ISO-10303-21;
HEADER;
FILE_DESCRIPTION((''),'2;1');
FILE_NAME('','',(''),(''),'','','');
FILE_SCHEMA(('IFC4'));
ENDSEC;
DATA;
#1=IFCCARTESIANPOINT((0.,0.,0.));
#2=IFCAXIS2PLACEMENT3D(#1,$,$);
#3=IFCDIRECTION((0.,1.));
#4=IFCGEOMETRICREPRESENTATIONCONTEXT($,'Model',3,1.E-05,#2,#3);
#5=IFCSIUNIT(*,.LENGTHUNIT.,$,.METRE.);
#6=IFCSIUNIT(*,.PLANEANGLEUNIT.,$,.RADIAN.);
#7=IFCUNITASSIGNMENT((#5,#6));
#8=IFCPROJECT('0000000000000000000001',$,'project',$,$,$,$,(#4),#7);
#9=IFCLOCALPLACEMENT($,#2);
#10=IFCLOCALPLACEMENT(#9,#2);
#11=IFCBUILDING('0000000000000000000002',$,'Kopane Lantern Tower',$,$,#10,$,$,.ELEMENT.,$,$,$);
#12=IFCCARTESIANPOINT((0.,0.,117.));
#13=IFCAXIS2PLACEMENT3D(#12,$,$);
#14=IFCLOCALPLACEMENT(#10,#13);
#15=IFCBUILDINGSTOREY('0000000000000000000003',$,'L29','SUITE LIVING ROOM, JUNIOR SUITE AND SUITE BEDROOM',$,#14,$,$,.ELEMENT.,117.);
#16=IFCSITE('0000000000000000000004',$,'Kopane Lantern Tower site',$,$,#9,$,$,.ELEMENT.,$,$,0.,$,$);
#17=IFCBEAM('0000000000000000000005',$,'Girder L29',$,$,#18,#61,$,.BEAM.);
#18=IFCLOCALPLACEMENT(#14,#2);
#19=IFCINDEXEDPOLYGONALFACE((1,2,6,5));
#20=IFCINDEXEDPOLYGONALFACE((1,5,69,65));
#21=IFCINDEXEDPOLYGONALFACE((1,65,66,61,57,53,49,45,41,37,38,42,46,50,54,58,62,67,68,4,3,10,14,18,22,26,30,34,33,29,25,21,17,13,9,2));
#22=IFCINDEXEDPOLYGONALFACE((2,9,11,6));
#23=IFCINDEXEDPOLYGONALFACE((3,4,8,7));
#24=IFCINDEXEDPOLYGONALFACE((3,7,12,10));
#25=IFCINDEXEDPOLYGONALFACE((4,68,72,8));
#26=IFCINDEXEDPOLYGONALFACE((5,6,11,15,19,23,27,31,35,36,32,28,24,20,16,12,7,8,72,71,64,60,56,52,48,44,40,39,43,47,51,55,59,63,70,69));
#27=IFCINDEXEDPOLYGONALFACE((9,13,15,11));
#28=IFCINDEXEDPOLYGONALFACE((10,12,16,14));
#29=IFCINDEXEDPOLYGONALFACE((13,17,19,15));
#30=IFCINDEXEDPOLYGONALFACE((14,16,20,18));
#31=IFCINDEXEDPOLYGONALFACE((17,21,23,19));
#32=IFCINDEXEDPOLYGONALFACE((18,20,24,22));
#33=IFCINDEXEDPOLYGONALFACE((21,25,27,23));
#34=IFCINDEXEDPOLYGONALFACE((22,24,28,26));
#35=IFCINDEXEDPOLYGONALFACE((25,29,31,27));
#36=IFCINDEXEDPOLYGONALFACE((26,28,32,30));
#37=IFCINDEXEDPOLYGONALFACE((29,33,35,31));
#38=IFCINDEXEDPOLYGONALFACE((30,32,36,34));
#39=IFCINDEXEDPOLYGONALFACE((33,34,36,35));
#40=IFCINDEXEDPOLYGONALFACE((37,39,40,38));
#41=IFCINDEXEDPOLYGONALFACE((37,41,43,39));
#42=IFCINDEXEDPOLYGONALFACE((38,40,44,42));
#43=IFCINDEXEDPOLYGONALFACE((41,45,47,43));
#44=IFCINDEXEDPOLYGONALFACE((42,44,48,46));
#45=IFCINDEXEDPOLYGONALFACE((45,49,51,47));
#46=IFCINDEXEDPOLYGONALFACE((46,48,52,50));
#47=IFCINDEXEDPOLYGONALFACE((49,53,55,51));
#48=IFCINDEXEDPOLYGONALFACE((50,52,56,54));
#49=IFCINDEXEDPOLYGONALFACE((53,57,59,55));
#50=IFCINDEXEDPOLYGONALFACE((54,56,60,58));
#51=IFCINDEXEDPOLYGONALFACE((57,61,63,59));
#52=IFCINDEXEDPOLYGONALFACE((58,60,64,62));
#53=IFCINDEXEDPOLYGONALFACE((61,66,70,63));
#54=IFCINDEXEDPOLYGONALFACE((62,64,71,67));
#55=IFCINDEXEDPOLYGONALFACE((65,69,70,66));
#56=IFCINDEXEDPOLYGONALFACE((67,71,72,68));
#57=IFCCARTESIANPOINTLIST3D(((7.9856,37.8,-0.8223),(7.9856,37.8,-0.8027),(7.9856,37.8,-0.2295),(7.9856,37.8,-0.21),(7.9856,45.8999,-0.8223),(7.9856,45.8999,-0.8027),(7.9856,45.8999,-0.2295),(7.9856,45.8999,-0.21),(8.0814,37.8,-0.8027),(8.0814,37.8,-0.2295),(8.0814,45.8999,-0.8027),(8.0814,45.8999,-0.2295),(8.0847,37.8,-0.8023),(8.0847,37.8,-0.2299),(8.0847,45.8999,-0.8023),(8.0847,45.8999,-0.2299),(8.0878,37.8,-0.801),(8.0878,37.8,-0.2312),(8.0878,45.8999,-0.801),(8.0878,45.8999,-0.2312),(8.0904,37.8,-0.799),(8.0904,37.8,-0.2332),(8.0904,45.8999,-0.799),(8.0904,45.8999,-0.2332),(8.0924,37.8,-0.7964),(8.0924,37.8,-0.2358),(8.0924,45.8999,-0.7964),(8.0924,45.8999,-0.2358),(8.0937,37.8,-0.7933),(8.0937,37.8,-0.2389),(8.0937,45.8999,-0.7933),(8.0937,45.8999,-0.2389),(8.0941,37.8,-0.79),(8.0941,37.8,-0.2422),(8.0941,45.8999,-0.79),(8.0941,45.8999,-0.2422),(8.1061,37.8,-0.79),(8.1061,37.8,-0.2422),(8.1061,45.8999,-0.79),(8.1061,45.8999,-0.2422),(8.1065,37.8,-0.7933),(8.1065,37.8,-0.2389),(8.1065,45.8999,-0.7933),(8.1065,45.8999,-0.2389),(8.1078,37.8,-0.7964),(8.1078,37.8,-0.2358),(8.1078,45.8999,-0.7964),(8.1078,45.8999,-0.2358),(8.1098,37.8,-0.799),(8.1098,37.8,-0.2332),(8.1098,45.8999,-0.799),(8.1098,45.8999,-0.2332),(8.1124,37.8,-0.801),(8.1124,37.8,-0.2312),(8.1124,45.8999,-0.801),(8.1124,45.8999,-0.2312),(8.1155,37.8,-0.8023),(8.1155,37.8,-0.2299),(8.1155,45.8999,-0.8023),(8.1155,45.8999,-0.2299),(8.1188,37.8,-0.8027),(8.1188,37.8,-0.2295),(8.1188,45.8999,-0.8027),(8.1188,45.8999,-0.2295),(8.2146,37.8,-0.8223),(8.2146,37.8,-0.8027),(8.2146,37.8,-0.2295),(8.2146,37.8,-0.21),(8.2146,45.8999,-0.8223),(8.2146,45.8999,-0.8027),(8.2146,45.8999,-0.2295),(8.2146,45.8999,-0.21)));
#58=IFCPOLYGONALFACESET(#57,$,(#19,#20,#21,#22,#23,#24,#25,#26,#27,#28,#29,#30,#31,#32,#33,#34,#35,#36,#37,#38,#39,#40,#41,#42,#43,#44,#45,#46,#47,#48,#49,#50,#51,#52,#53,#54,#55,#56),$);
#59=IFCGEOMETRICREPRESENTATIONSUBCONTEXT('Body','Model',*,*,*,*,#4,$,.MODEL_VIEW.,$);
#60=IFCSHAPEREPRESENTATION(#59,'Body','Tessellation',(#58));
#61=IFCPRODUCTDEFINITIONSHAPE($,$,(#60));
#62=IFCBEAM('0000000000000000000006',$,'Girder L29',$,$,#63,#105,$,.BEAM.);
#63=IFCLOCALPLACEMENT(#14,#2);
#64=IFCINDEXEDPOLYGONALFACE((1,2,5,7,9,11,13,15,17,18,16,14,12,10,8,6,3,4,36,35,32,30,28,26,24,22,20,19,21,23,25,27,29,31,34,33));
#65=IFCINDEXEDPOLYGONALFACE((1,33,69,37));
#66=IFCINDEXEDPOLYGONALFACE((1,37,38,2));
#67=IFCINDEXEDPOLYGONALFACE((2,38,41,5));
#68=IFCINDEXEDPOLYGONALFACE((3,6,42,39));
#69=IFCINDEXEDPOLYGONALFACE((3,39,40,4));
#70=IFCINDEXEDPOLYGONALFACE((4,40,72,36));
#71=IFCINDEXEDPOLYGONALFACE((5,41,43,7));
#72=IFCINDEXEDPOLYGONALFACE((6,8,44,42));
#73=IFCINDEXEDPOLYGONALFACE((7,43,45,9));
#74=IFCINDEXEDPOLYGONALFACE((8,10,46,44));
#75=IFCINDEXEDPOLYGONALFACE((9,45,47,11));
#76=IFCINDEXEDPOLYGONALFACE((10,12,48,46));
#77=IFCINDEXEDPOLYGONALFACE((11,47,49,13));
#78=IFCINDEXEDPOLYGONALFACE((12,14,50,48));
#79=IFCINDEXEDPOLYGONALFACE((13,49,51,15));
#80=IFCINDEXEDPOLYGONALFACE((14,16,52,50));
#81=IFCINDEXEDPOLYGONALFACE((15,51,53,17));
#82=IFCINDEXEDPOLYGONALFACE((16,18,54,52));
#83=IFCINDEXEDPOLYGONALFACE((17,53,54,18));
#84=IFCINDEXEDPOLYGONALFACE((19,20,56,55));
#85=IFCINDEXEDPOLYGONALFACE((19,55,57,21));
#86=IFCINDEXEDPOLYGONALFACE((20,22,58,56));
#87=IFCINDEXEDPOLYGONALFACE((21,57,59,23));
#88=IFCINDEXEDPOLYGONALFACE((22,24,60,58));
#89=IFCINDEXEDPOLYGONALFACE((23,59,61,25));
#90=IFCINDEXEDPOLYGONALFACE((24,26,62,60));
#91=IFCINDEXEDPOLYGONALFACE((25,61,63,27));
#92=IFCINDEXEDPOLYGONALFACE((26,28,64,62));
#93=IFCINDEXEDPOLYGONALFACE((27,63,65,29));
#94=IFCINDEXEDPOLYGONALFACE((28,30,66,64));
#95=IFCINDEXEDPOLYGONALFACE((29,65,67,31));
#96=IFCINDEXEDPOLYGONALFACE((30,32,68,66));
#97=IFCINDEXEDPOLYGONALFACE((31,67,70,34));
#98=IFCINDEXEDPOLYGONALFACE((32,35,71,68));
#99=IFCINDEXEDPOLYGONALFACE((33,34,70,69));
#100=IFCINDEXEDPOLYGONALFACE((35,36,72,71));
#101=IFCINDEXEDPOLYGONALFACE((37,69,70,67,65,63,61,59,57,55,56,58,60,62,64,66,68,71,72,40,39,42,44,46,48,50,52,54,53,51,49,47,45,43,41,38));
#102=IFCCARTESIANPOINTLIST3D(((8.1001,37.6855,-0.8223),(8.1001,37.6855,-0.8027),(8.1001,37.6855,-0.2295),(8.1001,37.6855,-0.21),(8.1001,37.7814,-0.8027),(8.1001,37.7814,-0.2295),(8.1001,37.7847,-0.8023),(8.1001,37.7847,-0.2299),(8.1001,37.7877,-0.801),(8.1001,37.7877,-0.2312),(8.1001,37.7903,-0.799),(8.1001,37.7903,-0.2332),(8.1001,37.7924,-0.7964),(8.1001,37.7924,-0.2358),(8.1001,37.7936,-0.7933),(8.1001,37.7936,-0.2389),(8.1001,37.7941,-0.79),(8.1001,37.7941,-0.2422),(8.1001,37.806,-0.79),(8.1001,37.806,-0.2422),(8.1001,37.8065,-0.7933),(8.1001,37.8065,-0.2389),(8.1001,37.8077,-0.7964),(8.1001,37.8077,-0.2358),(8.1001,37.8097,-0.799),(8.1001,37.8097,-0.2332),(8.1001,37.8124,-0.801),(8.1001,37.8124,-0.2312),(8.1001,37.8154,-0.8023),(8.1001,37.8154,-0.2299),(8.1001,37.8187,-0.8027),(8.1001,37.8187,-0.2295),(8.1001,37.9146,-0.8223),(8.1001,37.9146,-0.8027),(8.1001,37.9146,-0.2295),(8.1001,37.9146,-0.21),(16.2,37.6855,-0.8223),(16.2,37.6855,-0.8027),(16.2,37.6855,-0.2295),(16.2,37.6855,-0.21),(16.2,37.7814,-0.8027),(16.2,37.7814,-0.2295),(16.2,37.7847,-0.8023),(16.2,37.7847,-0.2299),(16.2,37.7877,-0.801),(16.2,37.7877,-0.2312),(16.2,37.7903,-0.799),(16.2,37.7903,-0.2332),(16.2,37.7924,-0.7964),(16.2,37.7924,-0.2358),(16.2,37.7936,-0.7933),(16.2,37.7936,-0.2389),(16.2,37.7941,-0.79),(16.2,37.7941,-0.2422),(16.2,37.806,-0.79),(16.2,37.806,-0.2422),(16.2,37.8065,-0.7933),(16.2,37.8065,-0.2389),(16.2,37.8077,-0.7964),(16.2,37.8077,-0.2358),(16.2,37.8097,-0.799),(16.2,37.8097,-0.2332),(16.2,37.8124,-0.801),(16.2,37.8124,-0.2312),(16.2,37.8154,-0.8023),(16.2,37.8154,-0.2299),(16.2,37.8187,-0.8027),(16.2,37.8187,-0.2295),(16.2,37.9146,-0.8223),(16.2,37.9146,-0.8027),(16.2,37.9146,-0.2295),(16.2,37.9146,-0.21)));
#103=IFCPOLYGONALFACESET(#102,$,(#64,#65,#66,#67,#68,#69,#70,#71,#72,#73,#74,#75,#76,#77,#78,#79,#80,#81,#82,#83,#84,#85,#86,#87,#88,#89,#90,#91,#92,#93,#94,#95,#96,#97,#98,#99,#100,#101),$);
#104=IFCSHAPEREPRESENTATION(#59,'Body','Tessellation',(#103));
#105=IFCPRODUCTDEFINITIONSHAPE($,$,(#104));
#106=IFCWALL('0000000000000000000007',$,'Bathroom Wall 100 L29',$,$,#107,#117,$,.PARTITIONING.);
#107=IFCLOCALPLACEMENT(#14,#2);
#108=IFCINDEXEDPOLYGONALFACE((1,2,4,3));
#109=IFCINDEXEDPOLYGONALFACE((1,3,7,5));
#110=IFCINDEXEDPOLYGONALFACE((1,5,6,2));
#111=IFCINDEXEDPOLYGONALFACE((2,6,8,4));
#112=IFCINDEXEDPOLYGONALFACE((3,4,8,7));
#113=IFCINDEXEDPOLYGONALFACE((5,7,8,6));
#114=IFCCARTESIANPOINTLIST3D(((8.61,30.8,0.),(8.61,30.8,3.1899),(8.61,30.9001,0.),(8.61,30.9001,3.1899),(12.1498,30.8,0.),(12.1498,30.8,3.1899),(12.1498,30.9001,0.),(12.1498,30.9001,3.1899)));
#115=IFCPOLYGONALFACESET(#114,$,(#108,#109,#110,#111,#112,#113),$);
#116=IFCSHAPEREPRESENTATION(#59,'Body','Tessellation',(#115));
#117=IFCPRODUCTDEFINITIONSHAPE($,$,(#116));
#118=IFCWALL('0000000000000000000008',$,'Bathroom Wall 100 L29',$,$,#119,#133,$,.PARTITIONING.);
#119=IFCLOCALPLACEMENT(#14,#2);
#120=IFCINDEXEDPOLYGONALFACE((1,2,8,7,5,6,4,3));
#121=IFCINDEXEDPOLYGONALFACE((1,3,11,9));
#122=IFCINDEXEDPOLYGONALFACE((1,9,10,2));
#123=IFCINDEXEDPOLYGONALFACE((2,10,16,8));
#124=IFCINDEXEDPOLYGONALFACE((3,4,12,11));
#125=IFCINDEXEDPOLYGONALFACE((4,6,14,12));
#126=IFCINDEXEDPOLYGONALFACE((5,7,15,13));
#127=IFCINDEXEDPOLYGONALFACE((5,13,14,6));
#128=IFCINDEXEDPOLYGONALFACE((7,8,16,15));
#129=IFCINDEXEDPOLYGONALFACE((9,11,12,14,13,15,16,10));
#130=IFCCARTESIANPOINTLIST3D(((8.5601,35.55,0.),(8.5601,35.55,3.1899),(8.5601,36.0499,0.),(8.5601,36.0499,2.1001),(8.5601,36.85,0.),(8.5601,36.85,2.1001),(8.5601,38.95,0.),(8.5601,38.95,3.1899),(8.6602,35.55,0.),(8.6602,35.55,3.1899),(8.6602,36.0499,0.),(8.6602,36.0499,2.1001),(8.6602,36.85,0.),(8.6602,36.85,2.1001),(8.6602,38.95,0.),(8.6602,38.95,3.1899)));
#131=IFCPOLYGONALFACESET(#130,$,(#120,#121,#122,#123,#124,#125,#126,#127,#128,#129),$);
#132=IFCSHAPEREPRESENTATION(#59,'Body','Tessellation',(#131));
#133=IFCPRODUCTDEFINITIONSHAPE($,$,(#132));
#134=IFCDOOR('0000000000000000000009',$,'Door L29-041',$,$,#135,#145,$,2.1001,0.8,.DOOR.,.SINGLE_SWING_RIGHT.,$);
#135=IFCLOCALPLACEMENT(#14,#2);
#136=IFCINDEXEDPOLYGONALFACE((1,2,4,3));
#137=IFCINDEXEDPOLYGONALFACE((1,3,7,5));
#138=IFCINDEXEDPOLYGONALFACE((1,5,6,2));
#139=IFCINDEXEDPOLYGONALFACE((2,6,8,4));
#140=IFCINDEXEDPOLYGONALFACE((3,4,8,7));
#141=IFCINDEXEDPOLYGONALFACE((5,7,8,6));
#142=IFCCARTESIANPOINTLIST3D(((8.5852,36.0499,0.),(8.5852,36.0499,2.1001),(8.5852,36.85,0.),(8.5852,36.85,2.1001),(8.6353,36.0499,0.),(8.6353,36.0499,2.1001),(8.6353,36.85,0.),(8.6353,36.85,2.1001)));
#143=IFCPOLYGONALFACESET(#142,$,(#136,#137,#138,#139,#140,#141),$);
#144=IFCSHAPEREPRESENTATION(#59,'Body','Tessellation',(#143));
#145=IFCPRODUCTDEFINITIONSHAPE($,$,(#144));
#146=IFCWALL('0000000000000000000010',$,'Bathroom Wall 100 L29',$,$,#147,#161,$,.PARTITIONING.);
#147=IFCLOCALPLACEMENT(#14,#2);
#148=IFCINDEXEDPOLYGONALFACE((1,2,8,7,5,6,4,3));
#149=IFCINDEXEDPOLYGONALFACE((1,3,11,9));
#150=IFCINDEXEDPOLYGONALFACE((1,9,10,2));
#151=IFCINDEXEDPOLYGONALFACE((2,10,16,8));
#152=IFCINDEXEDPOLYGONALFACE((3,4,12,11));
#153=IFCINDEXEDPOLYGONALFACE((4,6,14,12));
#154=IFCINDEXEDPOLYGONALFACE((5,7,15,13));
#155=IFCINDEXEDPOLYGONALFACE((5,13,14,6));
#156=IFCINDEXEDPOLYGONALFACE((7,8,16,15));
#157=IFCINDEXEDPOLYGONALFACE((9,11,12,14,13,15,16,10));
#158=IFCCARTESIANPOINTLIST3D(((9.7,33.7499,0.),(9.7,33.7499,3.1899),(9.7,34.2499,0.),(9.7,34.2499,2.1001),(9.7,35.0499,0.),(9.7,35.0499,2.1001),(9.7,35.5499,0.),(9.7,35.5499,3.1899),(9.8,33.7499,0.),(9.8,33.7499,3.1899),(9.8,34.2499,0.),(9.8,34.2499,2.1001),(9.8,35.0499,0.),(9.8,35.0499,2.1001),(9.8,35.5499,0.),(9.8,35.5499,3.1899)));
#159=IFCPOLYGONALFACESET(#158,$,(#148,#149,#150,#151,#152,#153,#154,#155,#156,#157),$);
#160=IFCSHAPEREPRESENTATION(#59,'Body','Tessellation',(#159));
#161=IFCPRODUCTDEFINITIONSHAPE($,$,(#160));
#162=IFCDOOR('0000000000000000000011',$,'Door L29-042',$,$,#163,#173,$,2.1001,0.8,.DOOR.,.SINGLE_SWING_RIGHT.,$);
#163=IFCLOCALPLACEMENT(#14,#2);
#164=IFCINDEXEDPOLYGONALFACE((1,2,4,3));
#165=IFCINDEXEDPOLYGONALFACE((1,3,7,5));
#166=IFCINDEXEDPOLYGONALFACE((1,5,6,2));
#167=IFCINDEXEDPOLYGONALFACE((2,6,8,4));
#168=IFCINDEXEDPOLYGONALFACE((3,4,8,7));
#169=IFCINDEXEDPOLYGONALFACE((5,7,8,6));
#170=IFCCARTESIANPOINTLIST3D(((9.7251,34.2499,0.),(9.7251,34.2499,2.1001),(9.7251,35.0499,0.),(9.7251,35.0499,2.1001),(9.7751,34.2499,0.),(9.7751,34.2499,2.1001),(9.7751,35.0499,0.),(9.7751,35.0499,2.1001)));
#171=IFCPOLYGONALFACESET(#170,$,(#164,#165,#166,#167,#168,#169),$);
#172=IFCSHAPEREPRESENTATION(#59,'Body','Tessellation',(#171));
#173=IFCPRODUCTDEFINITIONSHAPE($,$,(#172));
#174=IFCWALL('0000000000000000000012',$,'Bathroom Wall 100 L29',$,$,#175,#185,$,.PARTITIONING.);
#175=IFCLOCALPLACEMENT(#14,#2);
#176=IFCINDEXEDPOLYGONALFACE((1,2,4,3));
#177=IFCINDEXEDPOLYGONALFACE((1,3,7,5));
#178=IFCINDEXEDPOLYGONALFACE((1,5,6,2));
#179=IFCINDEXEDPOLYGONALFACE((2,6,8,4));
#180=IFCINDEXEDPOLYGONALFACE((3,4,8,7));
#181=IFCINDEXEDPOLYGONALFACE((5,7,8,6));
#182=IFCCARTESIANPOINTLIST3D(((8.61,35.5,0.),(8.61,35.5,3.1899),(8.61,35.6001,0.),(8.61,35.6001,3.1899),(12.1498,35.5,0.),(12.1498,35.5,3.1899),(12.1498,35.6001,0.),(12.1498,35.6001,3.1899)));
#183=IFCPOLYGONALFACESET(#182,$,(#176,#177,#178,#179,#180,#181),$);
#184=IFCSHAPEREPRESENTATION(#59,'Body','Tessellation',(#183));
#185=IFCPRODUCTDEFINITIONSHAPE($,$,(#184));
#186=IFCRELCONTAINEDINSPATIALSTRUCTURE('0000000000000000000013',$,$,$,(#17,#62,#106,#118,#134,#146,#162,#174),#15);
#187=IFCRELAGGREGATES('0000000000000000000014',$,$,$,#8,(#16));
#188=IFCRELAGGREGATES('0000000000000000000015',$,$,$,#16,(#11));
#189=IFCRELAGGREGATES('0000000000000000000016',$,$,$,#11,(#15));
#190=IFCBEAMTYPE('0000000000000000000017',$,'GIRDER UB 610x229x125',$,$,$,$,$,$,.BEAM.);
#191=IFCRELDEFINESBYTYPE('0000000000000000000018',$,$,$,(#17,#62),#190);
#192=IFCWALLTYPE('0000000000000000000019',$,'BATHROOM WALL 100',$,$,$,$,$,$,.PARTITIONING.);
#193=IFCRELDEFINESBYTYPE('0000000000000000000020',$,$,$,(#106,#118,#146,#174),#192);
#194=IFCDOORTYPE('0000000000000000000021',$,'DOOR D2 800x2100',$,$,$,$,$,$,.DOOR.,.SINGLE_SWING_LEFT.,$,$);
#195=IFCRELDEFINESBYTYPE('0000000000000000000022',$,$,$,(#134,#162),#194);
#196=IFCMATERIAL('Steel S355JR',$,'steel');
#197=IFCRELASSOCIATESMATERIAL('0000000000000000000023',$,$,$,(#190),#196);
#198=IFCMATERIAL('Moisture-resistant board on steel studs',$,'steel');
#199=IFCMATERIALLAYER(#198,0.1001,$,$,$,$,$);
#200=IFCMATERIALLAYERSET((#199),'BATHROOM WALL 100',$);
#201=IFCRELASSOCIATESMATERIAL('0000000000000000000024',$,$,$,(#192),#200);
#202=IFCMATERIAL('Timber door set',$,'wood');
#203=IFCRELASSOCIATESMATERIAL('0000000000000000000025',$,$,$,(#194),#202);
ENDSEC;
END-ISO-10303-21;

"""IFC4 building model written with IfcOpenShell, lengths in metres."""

from ifc_helpers import new_model, si_unit, direction, frame, frame_2d, origin, origin_2d, place, context, subcontext, project, spatial, rectangle, i_section, extrude, material, layer, layer_set, material_profile, profile_set, type_object, element, fill, save


model = new_model("IFC4")

# Units and contexts
model_context = context("Model", 3, precision=1e-05, world=origin(), true_north=direction((0.0, 1.0)))
body_context = subcontext(model_context, "Body", "Model", "MODEL_VIEW")
ifc_project = project(units=[si_unit("LENGTHUNIT", "METRE"), si_unit("PLANEANGLEUNIT", "RADIAN")], contexts=[model_context])

# Site, building, storey
site_placement = place(None, origin())
site = spatial("IfcSite", under=ifc_project, at=site_placement, Name="Kopane Lantern Tower site", CompositionType="ELEMENT", RefElevation=0.0)
building_placement = place(site_placement, origin())
building = spatial("IfcBuilding", under=site, at=building_placement, Name="Kopane Lantern Tower", CompositionType="ELEMENT")
storey_placement = place(building_placement, frame((0.0, 0.0, 117.0)))
storey = spatial("IfcBuildingStorey", under=building, at=storey_placement, Name="L29", Description="SUITE LIVING ROOM, JUNIOR SUITE AND SUITE BEDROOM", CompositionType="ELEMENT", Elevation=117.0)

# Beams
ifc_material_1 = material(Name="Steel S355JR", Category="steel")
ifc_material_profile_1 = material_profile(ifc_material_1, i_section(OverallWidth=0.229, OverallDepth=0.6123, WebThickness=0.012, FlangeThickness=0.0195, FilletRadius=0.0127, at=origin_2d()), Name="UB 610x229x125")
ifc_profile_set_1 = profile_set([ifc_material_profile_1], Name="Steel S355JR")
beam_type = type_object("IfcBeamType", Name="GIRDER UB 610x229x125", PredefinedType="BEAM", material=ifc_profile_set_1)
for number, where, z_axis, x_axis, name in (
    (1, (8.1001, 37.8, -0.5161), (0.0, 1.0, 0.0), (-1.0, 0.0, 0.0), "Girder L29"),
    (2, (8.1001, 37.8, -0.5161), (1.0, 0.0, 0.0), (0.0, 1.0, 0.0), "Girder L29"),
):
    element("IfcBeam", number, at=place(storey_placement, frame(where, z_axis=z_axis, x_axis=x_axis)), inside=storey, type_object=beam_type, Name=name, PredefinedType="BEAM", context=body_context, shape_type="SweptSolid", body=[
        extrude(i_section(OverallWidth=0.229, OverallDepth=0.6123, WebThickness=0.012, FlangeThickness=0.0195, FilletRadius=0.0127, at=origin_2d()), origin(), (0.0, 0.0, 1.0), 8.0999),
    ])

# Wall
ifc_material_2 = material(Name="Moisture-resistant board on steel studs", Category="steel")
ifc_layer_1 = layer(ifc_material_2, 0.1001)
ifc_layer_set_1 = layer_set([ifc_layer_1], Name="BATHROOM WALL 100")
wall_type_1 = type_object("IfcWallType", Name="BATHROOM WALL 100", PredefinedType="PARTITIONING", material=ifc_layer_set_1)
wall_1_placement = place(storey_placement, frame((12.1499, 30.8501, 0.0), z_axis=(0.0, 0.0, 1.0), x_axis=(-1.0, 0.0, 0.0)))
element("IfcWall", 3, at=wall_1_placement, inside=storey, type_object=wall_type_1, Name="Bathroom Wall 100 L29", PredefinedType="PARTITIONING", context=body_context, shape_type="SweptSolid", body=[
    extrude(rectangle(XDim=3.5398, YDim=0.1001, at=frame_2d((1.77, 0.0))), origin(), (0.0, 0.0, 1.0), 3.1899),
])

# Walls, openings, doors
wall_2_placement = place(storey_placement, frame((8.6101, 35.55, 0.0), z_axis=(0.0, 0.0, 1.0), x_axis=(0.0, 1.0, 0.0)))
wall_2 = element("IfcWall", 4, at=wall_2_placement, inside=storey, type_object=wall_type_1, Name="Bathroom Wall 100 L29", PredefinedType="PARTITIONING", context=body_context, shape_type="SweptSolid", body=[
    extrude(rectangle(XDim=3.3999, YDim=0.1001, at=frame_2d((1.7, 0.0))), origin(), (0.0, 0.0, 1.0), 3.1899),
])
opening_1_placement = place(wall_2_placement, frame((0.5, 0.0, 0.0)))
opening_1 = element("IfcOpeningElement", 5, at=opening_1_placement, cuts=wall_2, PredefinedType="OPENING", context=body_context, shape_type="SweptSolid", body=[
    extrude(rectangle(XDim=0.8, YDim=2.1001, at=frame_2d((0.3999, 1.05))), frame((0.0, 0.0601, 0.0), z_axis=(0.0, -1.0, 0.0), x_axis=(1.0, 0.0, 0.0)), (0.0, 0.0, 1.0), 0.1201),
])
ifc_material_3 = material(Name="Timber door set", Category="wood")
door_type = type_object("IfcDoorType", Name="DOOR D2 800x2100", OperationType="SINGLE_SWING_LEFT", PredefinedType="DOOR", material=ifc_material_3)
door_1_placement = place(opening_1_placement, origin())
door_1 = element("IfcDoor", 6, at=door_1_placement, inside=storey, type_object=door_type, Name="Door L29-041", OperationType="SINGLE_SWING_RIGHT", OverallHeight=2.1001, OverallWidth=0.8, PredefinedType="DOOR", context=body_context, shape_type="SweptSolid", body=[
    extrude(rectangle(XDim=0.8, YDim=2.1001, at=frame_2d((0.3999, 1.05))), frame((0.0, 0.0249, 0.0), z_axis=(0.0, -1.0, 0.0), x_axis=(1.0, 0.0, 0.0)), (0.0, 0.0, 1.0), 0.05),
])
fill(opening_1, door_1)
wall_3_placement = place(storey_placement, frame((9.75, 33.75, 0.0), z_axis=(0.0, 0.0, 1.0), x_axis=(0.0, 1.0, 0.0)))
wall_3 = element("IfcWall", 7, at=wall_3_placement, inside=storey, type_object=wall_type_1, Name="Bathroom Wall 100 L29", PredefinedType="PARTITIONING", context=body_context, shape_type="SweptSolid", body=[
    extrude(rectangle(XDim=1.8, YDim=0.1001, at=frame_2d((0.8999, 0.0))), origin(), (0.0, 0.0, 1.0), 3.1899),
])
opening_2_placement = place(wall_3_placement, frame((0.5, 0.0, 0.0)))
opening_2 = element("IfcOpeningElement", 8, at=opening_2_placement, cuts=wall_3, PredefinedType="OPENING", context=body_context, shape_type="SweptSolid", body=[
    extrude(rectangle(XDim=0.8, YDim=2.1001, at=frame_2d((0.3999, 1.05))), frame((0.0, 0.0601, 0.0), z_axis=(0.0, -1.0, 0.0), x_axis=(1.0, 0.0, 0.0)), (0.0, 0.0, 1.0), 0.1201),
])
door_2_placement = place(opening_2_placement, origin())
door_2 = element("IfcDoor", 9, at=door_2_placement, inside=storey, type_object=door_type, Name="Door L29-042", OperationType="SINGLE_SWING_RIGHT", OverallHeight=2.1001, OverallWidth=0.8, PredefinedType="DOOR", context=body_context, shape_type="SweptSolid", body=[
    extrude(rectangle(XDim=0.8, YDim=2.1001, at=frame_2d((0.3999, 1.05))), frame((0.0, 0.0249, 0.0), z_axis=(0.0, -1.0, 0.0), x_axis=(1.0, 0.0, 0.0)), (0.0, 0.0, 1.0), 0.05),
])
fill(opening_2, door_2)

# Wall
for number, where, z_axis, x_axis, name in (
    (10, (12.1499, 35.55, 0.0), (0.0, 0.0, 1.0), (-1.0, 0.0, 0.0), "Bathroom Wall 100 L29"),
):
    element("IfcWall", number, at=place(storey_placement, frame(where, z_axis=z_axis, x_axis=x_axis)), inside=storey, type_object=wall_type_1, Name=name, PredefinedType="PARTITIONING", context=body_context, shape_type="SweptSolid", body=[
        extrude(rectangle(XDim=3.5398, YDim=0.1001, at=frame_2d((1.77, 0.0))), origin(), (0.0, 0.0, 1.0), 3.1899),
    ])

save(model, "model.ifc")
